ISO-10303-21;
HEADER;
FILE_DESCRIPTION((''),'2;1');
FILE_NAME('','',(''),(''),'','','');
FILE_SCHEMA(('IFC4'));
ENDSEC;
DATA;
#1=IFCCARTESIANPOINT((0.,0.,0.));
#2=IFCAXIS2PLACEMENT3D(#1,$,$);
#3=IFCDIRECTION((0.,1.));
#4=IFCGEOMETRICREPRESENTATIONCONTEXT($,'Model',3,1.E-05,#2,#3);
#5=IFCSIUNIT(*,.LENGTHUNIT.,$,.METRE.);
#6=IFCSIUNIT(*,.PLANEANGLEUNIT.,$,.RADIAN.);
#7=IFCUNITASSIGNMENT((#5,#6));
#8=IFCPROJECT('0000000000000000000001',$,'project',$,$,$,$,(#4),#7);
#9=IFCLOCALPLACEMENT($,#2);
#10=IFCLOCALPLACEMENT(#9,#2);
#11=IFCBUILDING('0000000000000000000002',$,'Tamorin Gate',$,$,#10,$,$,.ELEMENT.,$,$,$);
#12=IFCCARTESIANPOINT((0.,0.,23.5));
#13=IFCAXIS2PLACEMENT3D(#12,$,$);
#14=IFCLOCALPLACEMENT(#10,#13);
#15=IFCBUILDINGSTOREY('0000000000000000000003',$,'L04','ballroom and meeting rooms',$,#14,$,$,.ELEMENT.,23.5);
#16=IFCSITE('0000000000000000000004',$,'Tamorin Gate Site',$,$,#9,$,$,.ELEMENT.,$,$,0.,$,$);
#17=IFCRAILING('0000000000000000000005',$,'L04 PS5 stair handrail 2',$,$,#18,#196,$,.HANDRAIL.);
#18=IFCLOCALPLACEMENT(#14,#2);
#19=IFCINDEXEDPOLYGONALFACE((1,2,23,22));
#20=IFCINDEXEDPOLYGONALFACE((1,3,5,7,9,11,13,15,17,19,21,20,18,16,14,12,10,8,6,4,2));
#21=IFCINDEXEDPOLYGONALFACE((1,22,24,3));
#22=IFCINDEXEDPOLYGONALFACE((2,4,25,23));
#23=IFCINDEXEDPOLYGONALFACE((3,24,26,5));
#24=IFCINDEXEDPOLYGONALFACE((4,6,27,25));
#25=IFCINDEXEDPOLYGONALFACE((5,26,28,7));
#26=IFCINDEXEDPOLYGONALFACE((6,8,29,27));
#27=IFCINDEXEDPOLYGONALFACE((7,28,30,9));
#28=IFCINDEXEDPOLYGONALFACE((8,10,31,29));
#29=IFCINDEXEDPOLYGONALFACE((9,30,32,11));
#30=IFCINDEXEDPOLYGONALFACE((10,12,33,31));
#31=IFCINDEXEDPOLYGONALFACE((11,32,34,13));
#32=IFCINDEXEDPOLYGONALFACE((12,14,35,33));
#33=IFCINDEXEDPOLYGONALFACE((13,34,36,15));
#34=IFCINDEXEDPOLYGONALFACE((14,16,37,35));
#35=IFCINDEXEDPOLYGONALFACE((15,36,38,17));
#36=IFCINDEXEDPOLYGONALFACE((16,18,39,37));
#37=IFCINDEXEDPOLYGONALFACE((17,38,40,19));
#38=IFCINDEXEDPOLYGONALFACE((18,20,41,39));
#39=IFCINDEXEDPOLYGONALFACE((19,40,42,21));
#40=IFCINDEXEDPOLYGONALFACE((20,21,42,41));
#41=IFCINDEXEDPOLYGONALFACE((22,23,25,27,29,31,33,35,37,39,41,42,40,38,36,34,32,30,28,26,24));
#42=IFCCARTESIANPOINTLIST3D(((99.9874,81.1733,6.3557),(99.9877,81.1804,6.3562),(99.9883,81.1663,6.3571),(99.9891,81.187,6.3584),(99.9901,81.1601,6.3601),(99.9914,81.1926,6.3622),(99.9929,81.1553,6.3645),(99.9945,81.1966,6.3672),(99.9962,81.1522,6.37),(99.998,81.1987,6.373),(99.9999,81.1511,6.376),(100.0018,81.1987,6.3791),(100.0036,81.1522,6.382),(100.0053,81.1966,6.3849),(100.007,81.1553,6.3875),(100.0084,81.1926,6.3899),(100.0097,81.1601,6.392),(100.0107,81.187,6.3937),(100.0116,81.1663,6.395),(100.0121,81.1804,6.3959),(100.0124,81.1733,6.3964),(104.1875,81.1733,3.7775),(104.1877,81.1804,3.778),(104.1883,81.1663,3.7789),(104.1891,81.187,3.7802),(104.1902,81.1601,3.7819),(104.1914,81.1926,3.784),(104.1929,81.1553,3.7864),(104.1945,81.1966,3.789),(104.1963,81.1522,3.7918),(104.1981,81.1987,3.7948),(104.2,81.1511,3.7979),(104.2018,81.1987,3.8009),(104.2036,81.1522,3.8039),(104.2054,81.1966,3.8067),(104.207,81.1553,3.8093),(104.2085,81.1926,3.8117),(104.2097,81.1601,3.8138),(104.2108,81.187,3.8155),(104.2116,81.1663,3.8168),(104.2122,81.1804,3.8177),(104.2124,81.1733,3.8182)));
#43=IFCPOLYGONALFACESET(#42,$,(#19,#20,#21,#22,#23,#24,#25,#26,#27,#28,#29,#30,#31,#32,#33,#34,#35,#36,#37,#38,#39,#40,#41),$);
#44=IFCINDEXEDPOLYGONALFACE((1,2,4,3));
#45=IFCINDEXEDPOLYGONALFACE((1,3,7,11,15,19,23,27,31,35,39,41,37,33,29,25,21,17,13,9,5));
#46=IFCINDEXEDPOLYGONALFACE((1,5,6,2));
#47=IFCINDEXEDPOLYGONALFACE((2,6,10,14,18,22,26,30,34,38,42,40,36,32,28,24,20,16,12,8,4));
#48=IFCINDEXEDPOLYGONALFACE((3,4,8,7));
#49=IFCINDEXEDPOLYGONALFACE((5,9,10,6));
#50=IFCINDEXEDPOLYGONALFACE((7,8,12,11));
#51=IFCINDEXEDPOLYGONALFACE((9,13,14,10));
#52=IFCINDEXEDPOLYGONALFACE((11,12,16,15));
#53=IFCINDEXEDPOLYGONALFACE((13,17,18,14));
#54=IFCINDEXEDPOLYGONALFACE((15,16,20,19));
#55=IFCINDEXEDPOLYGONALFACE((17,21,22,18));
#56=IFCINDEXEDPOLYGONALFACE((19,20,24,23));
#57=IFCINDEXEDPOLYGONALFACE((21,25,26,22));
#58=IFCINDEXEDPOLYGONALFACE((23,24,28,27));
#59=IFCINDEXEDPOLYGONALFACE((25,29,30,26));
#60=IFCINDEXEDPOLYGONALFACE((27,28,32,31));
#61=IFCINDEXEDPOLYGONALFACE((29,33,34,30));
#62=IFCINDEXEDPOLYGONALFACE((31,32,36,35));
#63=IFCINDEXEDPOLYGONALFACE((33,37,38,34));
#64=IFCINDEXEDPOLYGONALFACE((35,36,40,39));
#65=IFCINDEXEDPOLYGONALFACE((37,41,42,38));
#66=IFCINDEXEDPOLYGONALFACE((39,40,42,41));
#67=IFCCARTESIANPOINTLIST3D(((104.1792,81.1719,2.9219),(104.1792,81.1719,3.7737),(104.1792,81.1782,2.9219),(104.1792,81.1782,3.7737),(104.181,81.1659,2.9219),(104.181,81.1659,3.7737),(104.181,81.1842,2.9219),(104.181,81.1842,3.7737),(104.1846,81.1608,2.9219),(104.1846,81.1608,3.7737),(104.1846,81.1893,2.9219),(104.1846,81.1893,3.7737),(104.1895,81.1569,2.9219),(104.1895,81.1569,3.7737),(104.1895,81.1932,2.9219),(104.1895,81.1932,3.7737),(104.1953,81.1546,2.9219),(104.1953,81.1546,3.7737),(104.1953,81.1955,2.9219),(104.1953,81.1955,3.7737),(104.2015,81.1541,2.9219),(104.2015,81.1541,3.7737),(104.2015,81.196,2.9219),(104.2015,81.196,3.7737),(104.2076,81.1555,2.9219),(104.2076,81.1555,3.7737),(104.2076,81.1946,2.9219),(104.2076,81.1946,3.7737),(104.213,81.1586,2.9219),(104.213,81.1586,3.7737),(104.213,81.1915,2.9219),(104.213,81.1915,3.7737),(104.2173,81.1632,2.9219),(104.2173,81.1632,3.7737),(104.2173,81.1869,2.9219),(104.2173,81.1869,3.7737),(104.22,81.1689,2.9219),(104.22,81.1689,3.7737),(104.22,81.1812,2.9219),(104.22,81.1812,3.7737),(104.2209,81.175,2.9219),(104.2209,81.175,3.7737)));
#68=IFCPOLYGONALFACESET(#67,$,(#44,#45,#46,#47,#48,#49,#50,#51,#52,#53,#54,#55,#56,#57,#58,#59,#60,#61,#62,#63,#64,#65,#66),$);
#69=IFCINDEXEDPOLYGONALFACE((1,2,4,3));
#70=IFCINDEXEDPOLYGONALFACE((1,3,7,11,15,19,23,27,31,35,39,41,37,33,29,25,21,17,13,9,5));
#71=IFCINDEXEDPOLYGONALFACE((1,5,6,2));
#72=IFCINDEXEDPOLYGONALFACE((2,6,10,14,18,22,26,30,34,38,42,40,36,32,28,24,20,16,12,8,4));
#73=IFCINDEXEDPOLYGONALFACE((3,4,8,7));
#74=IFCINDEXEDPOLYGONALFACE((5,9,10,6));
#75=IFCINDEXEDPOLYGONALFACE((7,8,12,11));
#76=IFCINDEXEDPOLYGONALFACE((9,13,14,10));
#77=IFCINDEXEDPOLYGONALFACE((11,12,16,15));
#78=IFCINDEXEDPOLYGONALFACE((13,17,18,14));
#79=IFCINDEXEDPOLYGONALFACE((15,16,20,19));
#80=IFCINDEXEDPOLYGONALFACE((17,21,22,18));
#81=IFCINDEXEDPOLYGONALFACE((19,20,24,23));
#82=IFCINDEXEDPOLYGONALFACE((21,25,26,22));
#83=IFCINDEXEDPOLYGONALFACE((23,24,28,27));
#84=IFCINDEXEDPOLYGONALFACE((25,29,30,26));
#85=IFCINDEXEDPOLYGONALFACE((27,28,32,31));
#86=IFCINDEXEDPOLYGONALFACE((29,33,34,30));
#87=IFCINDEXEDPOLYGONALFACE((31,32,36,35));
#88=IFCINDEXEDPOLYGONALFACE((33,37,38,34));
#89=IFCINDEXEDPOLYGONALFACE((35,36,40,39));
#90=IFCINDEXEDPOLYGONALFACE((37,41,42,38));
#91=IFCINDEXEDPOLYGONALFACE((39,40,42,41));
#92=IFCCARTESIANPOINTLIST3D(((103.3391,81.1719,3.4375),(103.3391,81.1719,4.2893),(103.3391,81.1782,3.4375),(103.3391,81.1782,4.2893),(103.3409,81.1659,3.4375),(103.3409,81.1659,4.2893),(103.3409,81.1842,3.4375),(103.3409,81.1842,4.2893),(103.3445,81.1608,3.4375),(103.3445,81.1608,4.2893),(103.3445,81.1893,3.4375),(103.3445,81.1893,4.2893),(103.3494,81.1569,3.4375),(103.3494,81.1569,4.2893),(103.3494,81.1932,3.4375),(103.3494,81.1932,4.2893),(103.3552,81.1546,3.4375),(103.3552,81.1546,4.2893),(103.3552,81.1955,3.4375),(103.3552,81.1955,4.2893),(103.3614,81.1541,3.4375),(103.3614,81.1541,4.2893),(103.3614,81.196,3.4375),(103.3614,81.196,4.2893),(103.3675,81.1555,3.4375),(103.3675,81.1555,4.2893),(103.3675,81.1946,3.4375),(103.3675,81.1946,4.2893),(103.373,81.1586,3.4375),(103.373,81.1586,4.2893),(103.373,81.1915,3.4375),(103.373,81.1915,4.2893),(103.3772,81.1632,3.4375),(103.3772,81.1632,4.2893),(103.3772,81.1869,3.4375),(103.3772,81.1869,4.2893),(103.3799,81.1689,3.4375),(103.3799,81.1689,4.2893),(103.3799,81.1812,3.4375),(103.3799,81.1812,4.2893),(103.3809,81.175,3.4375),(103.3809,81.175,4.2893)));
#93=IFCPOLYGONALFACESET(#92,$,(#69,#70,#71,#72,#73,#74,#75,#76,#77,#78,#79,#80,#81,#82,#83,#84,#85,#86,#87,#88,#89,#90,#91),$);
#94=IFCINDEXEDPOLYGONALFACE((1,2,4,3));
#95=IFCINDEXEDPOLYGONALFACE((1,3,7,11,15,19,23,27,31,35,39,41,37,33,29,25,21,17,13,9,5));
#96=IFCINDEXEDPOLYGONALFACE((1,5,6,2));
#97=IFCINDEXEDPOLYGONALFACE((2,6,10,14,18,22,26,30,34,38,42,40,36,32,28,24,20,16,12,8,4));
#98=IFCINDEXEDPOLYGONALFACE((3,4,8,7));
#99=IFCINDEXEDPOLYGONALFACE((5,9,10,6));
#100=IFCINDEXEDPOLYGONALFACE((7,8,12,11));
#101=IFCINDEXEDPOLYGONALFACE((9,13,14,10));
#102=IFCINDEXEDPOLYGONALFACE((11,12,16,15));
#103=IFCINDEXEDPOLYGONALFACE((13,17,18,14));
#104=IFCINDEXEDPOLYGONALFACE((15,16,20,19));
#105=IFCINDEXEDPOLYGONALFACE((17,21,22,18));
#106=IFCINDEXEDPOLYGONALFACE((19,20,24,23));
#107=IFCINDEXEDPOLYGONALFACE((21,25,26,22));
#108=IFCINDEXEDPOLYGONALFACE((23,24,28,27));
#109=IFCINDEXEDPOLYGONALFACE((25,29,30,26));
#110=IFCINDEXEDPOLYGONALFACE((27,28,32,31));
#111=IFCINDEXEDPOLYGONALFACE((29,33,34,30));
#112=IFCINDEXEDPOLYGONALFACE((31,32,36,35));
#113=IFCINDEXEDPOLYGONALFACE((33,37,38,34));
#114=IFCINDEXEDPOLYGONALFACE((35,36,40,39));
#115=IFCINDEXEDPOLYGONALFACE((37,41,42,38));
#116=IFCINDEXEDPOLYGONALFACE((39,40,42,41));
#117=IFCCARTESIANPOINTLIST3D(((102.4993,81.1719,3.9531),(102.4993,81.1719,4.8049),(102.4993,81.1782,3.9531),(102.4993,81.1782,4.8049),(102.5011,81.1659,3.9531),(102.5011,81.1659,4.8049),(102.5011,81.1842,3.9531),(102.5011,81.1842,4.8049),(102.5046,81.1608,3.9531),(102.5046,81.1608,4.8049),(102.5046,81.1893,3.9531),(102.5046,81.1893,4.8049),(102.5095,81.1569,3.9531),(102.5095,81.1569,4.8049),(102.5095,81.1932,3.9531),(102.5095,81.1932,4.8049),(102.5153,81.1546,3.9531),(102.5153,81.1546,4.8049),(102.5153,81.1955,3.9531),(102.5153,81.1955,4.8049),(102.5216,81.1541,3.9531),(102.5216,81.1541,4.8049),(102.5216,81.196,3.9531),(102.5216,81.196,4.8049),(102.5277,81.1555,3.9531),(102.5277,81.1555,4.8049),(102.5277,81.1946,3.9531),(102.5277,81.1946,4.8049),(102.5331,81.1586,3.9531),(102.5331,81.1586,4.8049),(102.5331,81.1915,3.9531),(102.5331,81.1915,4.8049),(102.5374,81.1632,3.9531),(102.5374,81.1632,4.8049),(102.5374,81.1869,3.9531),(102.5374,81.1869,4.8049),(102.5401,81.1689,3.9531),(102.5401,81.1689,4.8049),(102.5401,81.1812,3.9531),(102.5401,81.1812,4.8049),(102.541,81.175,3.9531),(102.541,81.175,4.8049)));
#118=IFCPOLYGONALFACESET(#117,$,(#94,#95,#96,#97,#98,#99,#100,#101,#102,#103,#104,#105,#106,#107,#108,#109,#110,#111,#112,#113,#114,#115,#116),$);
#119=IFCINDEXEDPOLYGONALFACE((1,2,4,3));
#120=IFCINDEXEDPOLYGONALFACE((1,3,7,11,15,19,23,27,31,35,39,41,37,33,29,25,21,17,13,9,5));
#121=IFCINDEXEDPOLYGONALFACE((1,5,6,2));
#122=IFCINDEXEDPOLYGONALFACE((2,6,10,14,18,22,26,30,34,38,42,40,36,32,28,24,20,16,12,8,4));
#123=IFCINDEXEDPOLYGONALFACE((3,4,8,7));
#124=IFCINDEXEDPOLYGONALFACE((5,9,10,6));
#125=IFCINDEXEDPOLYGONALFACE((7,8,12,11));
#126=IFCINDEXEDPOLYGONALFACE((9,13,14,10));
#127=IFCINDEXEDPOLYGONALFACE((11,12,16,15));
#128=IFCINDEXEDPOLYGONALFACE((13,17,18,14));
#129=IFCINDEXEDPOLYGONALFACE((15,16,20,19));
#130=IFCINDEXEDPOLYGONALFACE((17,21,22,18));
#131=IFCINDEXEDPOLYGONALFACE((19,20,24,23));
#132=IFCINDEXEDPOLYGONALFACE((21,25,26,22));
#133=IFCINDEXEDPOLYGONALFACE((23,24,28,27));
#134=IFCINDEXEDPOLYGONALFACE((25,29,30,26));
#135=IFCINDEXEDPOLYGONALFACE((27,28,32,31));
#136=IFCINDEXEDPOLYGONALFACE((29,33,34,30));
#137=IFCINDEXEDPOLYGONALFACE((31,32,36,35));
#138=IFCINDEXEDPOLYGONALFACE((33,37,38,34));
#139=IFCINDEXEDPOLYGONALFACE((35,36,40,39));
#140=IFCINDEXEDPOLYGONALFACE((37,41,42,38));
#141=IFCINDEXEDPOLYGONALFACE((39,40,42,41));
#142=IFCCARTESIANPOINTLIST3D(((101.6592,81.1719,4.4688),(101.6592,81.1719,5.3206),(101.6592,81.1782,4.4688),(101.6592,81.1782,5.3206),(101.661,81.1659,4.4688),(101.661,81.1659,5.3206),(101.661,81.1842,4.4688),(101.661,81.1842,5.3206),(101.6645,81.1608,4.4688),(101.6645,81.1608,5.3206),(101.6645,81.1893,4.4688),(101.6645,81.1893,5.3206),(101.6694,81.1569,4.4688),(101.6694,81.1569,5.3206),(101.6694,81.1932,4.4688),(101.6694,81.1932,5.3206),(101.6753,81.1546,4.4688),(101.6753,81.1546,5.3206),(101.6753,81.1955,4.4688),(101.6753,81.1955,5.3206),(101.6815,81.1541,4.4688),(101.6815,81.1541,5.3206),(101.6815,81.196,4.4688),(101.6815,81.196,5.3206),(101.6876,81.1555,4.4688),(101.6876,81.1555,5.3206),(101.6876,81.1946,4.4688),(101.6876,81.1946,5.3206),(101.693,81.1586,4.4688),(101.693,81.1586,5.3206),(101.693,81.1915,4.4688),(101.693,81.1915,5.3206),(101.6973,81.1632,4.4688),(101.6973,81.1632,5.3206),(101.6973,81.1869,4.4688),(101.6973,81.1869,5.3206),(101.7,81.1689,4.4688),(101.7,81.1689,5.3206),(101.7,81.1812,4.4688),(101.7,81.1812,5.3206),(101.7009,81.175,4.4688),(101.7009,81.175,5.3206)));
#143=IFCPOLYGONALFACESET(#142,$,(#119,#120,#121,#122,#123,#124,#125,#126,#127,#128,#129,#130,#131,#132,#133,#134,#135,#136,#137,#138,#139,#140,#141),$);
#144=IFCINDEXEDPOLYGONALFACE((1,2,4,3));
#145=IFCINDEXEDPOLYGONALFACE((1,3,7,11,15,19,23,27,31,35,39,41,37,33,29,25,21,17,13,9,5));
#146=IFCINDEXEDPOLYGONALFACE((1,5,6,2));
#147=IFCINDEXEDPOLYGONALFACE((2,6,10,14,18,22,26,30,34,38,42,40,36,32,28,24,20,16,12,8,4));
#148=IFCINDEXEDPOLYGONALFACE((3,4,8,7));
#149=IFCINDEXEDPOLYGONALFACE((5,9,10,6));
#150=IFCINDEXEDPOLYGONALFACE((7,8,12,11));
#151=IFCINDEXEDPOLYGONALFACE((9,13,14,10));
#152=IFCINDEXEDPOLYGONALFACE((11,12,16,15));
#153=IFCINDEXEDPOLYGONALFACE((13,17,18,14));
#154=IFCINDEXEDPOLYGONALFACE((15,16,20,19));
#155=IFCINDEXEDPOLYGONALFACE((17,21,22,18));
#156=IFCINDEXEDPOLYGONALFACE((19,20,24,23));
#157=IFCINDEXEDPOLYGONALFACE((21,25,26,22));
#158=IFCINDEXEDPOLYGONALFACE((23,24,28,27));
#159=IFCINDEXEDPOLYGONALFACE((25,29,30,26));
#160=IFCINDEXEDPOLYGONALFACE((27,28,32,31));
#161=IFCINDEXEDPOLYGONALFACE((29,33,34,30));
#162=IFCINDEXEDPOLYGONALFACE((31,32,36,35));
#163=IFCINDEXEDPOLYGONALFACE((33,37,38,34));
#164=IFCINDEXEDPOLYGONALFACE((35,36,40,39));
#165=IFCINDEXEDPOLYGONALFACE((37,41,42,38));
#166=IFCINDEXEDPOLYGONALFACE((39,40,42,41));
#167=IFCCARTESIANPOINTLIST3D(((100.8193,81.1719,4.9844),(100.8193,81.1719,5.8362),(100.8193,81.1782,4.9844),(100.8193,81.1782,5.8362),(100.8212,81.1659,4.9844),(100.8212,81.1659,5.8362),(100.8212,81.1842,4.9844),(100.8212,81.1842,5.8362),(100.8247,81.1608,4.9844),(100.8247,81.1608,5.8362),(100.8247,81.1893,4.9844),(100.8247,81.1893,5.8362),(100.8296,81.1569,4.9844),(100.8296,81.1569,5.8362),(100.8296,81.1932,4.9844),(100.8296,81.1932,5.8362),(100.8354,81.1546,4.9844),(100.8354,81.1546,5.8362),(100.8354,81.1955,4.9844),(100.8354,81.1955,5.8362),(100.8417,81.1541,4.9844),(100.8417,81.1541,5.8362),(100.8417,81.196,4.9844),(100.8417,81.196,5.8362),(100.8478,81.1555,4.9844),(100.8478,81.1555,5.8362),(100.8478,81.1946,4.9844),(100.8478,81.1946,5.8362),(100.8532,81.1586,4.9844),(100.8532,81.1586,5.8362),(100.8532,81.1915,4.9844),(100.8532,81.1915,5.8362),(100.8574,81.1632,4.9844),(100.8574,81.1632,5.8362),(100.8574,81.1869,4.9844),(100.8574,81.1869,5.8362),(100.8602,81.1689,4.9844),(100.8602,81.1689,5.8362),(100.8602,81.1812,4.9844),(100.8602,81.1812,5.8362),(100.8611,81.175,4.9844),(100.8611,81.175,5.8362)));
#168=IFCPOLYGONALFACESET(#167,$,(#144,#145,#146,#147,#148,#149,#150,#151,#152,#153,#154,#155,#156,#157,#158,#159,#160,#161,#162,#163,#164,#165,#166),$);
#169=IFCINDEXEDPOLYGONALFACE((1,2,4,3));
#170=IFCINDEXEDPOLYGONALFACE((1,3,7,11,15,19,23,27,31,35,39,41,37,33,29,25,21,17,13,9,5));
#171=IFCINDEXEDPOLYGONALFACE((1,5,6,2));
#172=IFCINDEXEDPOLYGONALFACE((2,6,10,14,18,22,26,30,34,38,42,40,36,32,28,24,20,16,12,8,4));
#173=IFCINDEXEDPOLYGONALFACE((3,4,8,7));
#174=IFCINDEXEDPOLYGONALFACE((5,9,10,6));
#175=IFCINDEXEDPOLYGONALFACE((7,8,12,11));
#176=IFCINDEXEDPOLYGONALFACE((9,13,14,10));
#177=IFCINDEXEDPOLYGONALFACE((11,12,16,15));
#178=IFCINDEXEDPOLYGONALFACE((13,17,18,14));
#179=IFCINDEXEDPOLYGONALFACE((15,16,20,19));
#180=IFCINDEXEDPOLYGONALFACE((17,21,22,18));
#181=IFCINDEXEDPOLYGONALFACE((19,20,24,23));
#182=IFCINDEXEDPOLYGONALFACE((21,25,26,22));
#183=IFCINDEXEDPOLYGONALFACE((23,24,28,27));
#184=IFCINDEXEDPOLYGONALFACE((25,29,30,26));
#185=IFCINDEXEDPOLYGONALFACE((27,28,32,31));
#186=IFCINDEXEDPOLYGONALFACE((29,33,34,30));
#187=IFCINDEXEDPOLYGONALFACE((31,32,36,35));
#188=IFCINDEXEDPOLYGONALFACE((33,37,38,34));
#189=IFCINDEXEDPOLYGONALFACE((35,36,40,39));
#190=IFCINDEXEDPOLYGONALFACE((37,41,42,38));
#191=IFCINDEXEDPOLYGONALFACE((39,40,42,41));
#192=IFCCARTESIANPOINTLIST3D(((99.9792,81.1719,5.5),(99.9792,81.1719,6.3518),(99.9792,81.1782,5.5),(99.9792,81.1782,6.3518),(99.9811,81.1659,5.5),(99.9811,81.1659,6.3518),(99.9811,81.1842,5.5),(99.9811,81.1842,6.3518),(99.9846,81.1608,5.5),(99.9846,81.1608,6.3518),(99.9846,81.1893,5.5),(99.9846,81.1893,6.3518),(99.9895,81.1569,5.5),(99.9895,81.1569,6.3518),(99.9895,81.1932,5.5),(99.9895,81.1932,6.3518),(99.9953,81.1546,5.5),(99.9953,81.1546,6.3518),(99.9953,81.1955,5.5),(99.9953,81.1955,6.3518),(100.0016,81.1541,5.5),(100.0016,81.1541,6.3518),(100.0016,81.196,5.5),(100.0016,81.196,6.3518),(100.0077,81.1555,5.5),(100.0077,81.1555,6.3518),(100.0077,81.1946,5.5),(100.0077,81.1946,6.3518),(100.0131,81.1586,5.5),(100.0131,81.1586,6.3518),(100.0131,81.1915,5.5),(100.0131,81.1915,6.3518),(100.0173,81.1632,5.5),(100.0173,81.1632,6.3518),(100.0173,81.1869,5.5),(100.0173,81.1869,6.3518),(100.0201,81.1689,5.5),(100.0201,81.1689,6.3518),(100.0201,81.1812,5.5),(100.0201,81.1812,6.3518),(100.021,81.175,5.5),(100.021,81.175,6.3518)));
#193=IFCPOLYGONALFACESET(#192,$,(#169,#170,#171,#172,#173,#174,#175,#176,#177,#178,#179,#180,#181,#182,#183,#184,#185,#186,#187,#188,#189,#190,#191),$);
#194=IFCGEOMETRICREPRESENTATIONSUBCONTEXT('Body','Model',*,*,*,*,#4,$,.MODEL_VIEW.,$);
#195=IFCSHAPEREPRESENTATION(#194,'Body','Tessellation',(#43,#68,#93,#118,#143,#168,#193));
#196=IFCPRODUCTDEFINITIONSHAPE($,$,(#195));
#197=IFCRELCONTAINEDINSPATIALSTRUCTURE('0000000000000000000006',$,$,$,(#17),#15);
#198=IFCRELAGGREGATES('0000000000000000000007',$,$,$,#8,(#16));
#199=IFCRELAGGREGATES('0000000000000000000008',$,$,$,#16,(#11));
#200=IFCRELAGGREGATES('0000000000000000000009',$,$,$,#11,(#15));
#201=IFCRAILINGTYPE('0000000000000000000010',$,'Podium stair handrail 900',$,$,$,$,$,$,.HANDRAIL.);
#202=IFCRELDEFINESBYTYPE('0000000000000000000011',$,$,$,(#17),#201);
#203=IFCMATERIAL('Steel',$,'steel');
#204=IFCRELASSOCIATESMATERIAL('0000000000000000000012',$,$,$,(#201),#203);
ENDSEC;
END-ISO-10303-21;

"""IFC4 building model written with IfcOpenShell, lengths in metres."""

from ifc_helpers import new_model, si_unit, direction, frame, origin, origin_2d, place, context, subcontext, project, spatial, circle, extrude, material, type_object, element, save


model = new_model("IFC4")

# Units and contexts
model_context = context("Model", 3, precision=1e-05, world=origin(), true_north=direction((0.0, 1.0)))
body_context = subcontext(model_context, "Body", "Model", "MODEL_VIEW")
ifc_project = project(units=[si_unit("LENGTHUNIT", "METRE"), si_unit("PLANEANGLEUNIT", "RADIAN")], contexts=[model_context])

# Site, building, storey
site_placement = place(None, origin())
site = spatial("IfcSite", under=ifc_project, at=site_placement, Name="Tamorin Gate Site", CompositionType="ELEMENT", RefElevation=0.0)
building_placement = place(site_placement, origin())
building = spatial("IfcBuilding", under=site, at=building_placement, Name="Tamorin Gate", CompositionType="ELEMENT")
storey_placement = place(building_placement, frame((0.0, 0.0, 23.5)))
storey = spatial("IfcBuildingStorey", under=building, at=storey_placement, Name="L04", Description="ballroom and meeting rooms", CompositionType="ELEMENT", Elevation=23.5)

# Railing
ifc_material_1 = material(Name="Steel", Category="steel")
railing_type_1 = type_object("IfcRailingType", Name="Podium stair handrail 900", PredefinedType="HANDRAIL", material=ifc_material_1)
railing_1_placement = place(storey_placement, frame((104.2, 81.175, 2.9219)))
element("IfcRailing", 1, at=railing_1_placement, inside=storey, type_object=railing_type_1, Name="L04 PS5 stair handrail 2", PredefinedType="HANDRAIL", context=body_context, shape_type="SweptSolid", body=[
    extrude(circle(Radius=0.0239, at=origin_2d()), frame((0.0, 0.0, 0.876), z_axis=(-0.852243, 0.0, 0.523146), x_axis=(0.0, -1.0, 0.0)), (0.0, 0.0, 1.0), 4.9282),
    extrude(circle(Radius=0.021, at=origin_2d()), origin(), (0.0, 0.0, 1.0), 0.8518),
    extrude(circle(Radius=0.021, at=origin_2d()), frame((-0.8401, 0.0, 0.5156)), (0.0, 0.0, 1.0), 0.8518),
    extrude(circle(Radius=0.021, at=origin_2d()), frame((-1.6799, 0.0, 1.0312)), (0.0, 0.0, 1.0), 0.8518),
    extrude(circle(Radius=0.021, at=origin_2d()), frame((-2.52, 0.0, 1.5469)), (0.0, 0.0, 1.0), 0.8518),
    extrude(circle(Radius=0.021, at=origin_2d()), frame((-3.3599, 0.0, 2.0625)), (0.0, 0.0, 1.0), 0.8518),
    extrude(circle(Radius=0.021, at=origin_2d()), frame((-4.2, 0.0, 2.5781)), (0.0, 0.0, 1.0), 0.8518),
])

save(model, "model.ifc")
